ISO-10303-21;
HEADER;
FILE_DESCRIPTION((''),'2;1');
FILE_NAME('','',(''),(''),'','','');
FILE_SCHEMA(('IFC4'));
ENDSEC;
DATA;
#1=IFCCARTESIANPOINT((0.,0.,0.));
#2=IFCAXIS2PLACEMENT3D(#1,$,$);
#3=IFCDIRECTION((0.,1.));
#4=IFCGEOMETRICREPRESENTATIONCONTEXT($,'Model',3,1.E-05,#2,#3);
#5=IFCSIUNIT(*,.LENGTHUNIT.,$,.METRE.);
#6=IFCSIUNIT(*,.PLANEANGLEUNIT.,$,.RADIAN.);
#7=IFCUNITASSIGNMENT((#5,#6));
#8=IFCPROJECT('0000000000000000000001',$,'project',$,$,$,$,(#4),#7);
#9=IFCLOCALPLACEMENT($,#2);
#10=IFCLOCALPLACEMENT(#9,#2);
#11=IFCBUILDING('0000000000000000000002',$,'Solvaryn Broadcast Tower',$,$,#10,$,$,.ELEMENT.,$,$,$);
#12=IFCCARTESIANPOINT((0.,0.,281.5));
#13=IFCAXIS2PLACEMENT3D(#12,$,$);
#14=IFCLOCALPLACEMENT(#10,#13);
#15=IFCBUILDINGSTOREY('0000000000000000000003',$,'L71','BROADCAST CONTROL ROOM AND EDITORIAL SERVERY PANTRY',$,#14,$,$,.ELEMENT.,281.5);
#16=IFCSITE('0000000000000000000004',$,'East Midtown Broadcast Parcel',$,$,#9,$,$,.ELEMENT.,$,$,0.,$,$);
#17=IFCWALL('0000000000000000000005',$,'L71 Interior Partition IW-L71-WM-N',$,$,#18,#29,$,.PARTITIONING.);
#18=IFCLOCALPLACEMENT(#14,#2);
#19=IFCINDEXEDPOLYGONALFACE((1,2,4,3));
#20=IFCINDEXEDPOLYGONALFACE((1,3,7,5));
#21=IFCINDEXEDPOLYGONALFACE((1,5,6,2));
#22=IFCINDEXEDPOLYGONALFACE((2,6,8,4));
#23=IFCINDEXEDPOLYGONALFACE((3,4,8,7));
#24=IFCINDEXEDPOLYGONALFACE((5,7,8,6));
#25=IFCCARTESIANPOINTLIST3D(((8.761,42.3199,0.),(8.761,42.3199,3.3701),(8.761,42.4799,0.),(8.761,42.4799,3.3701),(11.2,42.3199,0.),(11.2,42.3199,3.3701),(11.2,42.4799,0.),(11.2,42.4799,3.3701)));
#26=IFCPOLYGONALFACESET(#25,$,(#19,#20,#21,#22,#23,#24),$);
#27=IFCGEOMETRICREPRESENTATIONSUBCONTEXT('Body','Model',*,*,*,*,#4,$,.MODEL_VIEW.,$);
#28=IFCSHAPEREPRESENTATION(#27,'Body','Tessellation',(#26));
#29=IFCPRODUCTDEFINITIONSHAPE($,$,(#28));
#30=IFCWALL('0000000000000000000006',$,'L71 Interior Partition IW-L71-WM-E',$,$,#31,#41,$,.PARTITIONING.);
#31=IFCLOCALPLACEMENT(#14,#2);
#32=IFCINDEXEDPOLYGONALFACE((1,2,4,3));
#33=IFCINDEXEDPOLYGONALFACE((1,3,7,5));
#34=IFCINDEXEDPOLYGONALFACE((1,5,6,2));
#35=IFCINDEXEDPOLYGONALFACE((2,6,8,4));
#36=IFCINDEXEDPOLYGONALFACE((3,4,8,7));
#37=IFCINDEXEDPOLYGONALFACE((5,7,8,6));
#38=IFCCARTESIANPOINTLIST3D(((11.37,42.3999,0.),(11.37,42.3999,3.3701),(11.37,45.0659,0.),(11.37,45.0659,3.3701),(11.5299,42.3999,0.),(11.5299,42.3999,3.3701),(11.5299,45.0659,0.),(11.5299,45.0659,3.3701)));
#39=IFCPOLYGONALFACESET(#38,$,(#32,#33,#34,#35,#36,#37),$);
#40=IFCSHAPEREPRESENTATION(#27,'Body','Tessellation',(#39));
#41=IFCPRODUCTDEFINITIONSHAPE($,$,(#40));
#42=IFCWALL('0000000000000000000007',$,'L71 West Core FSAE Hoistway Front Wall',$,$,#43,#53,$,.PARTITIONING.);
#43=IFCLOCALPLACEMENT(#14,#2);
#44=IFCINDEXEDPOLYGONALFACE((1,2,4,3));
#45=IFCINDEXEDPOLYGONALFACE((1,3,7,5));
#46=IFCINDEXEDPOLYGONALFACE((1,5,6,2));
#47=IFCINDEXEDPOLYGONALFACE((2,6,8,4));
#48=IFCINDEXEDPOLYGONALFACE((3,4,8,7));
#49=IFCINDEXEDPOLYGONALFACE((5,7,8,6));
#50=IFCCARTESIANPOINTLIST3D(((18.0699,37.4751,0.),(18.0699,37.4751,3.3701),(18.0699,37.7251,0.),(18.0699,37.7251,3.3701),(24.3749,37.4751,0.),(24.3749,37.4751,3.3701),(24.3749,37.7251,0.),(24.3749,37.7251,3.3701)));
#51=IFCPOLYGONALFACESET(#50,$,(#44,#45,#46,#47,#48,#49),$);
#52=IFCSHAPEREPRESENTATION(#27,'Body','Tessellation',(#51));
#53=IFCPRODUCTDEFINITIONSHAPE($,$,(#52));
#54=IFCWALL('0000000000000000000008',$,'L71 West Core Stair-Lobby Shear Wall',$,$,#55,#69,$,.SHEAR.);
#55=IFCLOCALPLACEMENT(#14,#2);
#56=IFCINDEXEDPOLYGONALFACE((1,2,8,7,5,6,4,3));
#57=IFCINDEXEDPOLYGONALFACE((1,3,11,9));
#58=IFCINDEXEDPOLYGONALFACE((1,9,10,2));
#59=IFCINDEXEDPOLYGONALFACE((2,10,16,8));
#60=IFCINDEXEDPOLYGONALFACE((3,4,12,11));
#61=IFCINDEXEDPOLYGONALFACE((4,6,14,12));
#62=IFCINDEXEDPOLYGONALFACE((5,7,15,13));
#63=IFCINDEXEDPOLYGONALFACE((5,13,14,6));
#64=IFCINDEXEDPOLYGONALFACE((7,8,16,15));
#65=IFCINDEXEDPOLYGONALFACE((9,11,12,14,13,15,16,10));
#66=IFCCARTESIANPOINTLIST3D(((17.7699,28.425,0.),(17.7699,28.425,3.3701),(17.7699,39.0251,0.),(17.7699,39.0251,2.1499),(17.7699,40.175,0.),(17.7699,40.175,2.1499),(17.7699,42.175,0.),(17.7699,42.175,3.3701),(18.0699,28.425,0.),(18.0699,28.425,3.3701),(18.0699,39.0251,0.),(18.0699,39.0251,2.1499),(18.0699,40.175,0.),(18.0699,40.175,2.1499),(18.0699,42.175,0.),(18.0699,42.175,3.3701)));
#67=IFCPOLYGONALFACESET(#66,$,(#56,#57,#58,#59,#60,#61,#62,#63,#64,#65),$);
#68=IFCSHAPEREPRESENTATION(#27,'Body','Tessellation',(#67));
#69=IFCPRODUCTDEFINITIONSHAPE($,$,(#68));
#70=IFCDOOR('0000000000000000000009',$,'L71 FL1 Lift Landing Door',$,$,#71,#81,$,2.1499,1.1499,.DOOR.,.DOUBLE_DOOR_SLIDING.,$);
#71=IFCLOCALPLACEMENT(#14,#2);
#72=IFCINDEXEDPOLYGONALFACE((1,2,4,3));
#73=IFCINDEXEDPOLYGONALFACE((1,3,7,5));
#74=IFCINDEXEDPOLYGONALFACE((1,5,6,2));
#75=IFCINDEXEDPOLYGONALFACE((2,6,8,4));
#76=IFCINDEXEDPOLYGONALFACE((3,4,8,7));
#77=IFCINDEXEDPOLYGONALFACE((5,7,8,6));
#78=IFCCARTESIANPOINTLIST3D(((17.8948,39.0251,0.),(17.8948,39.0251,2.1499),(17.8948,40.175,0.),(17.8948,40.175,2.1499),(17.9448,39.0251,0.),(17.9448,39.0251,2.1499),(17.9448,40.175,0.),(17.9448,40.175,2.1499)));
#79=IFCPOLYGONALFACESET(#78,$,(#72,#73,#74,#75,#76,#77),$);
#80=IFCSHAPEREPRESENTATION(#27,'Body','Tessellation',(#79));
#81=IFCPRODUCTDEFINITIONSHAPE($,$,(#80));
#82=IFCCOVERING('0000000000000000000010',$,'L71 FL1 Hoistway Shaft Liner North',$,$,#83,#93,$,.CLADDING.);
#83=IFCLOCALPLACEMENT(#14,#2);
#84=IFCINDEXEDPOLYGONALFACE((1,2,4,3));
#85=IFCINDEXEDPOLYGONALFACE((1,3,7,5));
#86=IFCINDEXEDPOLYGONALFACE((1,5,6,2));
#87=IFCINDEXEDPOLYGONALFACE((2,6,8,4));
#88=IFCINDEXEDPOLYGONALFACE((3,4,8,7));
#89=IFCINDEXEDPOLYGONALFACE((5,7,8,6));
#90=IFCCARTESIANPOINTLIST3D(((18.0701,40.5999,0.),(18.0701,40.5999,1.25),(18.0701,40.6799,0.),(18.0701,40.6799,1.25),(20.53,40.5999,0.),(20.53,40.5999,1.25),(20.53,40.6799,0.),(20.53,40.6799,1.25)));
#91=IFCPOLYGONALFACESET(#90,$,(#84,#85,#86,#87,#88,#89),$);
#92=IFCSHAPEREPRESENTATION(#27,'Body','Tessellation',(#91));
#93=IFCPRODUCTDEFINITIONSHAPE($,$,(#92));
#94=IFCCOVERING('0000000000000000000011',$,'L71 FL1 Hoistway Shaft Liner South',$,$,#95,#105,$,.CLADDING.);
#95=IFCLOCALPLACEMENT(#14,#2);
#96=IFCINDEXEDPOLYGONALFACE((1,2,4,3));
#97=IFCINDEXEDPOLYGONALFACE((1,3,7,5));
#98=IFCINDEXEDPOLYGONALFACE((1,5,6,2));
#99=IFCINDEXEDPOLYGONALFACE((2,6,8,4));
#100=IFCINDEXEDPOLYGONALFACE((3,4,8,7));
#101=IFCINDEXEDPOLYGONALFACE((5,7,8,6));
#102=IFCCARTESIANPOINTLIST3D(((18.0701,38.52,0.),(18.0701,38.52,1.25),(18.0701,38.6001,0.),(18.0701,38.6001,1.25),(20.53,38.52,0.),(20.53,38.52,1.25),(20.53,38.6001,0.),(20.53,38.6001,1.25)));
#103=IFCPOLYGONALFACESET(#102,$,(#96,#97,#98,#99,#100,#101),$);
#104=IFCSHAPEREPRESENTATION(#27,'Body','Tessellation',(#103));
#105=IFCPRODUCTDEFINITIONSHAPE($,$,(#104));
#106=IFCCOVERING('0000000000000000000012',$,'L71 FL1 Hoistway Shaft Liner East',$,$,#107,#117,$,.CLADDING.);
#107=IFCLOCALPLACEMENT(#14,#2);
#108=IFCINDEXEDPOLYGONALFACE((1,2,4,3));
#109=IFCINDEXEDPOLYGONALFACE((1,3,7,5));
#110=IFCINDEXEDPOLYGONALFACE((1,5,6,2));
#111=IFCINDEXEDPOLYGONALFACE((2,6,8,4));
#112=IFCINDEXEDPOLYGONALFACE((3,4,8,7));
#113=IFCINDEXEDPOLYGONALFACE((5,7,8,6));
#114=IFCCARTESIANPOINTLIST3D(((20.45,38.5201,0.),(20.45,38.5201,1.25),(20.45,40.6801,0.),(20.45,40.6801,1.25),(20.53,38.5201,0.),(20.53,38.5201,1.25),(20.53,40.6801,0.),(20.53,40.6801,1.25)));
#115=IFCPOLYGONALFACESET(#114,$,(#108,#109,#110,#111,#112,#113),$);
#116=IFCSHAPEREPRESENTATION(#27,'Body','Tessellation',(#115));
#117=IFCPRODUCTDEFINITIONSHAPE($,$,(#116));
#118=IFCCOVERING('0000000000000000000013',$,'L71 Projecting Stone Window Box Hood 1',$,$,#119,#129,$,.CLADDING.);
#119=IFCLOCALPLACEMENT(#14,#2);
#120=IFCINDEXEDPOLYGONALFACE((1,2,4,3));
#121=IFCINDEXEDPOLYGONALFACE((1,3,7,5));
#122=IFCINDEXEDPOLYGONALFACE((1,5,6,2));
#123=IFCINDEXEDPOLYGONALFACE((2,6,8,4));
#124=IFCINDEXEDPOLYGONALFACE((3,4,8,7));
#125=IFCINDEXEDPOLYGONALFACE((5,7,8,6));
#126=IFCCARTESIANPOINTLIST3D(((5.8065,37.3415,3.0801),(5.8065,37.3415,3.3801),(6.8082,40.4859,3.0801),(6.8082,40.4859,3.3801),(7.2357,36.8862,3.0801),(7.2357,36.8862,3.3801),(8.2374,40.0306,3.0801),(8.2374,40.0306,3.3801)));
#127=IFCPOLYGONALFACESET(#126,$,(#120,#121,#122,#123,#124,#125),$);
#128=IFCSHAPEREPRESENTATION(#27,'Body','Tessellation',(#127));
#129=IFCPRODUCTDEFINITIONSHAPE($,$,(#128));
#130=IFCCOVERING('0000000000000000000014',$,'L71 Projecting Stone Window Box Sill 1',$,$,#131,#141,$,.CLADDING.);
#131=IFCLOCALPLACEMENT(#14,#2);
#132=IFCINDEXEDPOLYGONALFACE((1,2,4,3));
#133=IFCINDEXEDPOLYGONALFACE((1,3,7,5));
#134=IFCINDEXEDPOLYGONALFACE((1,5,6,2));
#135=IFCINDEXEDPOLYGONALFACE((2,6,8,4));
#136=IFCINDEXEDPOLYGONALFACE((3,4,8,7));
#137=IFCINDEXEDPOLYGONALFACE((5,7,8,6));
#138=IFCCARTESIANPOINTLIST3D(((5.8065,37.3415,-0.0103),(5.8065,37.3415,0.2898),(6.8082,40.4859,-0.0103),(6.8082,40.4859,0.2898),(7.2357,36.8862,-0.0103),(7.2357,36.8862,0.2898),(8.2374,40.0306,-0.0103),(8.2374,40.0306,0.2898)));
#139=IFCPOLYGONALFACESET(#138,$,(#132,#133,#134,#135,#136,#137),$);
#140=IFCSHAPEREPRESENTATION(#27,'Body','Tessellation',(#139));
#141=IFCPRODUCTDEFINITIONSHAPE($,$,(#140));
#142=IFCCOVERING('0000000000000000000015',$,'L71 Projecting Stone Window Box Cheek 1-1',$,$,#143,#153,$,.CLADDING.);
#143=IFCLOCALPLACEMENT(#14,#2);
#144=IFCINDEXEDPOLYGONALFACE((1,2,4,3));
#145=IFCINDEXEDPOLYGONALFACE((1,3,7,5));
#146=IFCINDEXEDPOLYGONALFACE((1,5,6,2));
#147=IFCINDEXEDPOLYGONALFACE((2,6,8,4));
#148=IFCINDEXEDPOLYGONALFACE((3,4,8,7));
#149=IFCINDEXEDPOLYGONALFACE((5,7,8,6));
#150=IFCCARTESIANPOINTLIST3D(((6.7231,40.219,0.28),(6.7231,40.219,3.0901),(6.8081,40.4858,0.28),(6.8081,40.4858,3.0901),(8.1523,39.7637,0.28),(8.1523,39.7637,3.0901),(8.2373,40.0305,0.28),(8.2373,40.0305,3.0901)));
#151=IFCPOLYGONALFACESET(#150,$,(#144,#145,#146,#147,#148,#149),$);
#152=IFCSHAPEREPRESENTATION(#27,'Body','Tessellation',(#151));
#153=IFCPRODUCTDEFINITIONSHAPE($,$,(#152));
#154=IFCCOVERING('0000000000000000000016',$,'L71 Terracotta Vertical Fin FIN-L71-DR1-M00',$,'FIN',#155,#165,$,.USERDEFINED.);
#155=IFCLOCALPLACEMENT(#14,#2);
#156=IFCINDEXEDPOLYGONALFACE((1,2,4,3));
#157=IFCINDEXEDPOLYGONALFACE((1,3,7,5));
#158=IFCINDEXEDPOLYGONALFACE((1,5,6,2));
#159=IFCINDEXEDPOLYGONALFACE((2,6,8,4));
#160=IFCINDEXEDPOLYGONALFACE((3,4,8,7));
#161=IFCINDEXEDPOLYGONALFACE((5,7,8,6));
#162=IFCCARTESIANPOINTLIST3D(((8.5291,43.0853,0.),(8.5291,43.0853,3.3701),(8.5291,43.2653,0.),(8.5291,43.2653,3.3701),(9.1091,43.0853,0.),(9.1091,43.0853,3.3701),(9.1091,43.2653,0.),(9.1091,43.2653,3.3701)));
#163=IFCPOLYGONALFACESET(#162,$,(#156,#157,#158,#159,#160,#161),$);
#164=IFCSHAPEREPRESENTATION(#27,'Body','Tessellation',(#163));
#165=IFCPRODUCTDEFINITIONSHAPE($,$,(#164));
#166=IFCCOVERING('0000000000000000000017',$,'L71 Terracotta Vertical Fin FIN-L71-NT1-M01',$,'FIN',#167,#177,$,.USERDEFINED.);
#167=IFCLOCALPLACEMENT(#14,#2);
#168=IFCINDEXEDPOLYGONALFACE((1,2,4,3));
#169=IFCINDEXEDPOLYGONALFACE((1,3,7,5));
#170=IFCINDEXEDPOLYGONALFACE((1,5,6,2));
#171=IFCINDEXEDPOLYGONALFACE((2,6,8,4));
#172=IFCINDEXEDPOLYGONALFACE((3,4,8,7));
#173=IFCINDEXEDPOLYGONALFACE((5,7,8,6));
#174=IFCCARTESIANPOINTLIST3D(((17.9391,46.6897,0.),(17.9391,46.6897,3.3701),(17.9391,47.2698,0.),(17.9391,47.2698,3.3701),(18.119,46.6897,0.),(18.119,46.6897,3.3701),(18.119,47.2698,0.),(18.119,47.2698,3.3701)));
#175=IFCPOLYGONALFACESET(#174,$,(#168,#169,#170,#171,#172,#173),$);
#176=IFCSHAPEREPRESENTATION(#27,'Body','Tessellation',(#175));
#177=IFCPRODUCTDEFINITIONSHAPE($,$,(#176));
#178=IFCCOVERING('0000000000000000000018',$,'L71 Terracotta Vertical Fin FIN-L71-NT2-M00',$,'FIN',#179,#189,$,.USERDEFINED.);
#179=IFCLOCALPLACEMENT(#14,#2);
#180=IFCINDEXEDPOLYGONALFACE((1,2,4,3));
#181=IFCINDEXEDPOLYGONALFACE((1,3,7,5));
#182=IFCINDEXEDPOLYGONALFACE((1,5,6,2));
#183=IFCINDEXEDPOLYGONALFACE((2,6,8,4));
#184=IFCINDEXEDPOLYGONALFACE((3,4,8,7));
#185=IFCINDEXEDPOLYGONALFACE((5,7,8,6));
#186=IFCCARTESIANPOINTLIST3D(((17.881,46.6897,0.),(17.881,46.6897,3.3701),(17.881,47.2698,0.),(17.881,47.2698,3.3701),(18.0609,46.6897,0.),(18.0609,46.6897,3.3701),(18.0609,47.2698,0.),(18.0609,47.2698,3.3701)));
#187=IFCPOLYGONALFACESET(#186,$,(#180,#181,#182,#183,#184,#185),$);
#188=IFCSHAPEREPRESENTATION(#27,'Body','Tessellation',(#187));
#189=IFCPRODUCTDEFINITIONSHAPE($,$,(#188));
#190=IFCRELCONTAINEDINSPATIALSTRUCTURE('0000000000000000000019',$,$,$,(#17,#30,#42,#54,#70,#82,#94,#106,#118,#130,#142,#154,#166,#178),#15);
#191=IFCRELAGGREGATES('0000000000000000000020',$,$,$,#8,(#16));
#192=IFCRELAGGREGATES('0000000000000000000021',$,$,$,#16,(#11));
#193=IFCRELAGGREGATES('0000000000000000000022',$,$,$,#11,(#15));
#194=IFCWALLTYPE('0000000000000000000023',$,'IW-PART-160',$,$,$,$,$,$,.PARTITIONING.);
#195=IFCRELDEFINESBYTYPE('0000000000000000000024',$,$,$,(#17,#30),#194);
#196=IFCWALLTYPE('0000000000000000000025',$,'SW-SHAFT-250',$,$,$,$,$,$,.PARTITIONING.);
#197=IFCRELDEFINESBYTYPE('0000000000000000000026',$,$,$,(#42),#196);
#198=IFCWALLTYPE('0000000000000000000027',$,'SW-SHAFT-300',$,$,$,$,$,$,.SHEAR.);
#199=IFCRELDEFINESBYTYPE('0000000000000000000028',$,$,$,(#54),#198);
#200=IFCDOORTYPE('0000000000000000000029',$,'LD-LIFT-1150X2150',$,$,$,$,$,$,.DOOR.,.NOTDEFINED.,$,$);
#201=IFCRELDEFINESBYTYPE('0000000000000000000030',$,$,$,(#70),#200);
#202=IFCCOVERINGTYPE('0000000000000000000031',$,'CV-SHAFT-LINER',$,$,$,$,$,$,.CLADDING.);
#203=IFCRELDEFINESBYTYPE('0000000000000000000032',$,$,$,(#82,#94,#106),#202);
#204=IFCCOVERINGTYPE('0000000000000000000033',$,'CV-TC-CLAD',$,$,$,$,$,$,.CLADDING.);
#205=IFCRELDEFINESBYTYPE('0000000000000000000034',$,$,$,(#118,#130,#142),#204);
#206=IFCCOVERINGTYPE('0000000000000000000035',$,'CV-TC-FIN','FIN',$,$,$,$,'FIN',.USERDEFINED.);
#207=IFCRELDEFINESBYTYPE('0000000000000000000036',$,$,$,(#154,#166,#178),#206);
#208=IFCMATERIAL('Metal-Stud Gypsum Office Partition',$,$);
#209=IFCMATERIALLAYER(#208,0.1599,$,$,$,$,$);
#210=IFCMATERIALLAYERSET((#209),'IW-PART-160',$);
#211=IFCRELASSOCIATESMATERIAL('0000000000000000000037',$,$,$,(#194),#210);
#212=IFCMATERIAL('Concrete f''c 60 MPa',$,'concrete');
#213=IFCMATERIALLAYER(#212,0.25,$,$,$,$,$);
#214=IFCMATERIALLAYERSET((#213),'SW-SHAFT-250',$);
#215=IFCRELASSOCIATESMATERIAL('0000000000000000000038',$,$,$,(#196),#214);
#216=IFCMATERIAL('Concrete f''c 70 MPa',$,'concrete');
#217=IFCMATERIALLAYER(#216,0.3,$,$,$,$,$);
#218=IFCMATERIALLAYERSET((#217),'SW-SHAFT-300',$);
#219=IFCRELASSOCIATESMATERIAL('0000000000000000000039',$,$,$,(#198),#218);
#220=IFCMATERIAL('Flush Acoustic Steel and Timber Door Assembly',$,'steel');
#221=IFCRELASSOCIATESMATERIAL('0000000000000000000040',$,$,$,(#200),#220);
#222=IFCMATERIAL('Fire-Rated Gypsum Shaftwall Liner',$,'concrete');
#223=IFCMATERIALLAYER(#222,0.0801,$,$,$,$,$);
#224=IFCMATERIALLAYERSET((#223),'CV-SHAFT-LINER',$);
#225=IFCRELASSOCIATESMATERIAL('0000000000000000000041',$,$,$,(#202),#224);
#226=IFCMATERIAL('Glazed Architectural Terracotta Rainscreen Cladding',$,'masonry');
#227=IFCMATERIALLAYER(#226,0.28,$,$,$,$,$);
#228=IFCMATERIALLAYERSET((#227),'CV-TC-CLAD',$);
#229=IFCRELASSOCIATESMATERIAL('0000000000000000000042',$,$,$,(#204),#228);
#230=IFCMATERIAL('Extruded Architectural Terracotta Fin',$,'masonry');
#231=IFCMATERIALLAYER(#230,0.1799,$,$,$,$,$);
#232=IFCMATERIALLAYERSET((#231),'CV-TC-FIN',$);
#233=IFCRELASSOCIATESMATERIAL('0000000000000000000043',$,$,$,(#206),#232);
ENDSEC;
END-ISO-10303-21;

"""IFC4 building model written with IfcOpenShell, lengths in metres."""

from ifc_helpers import new_model, si_unit, direction, frame, frame_2d, origin, origin_2d, place, context, subcontext, project, spatial, rectangle, extrude, material, layer, layer_set, type_object, element, fill, save


model = new_model("IFC4")

# Units and contexts
model_context = context("Model", 3, precision=1e-05, world=origin(), true_north=direction((0.0, 1.0)))
body_context = subcontext(model_context, "Body", "Model", "MODEL_VIEW")
ifc_project = project(units=[si_unit("LENGTHUNIT", "METRE"), si_unit("PLANEANGLEUNIT", "RADIAN")], contexts=[model_context])

# Site, building, storey
site_placement = place(None, origin())
site = spatial("IfcSite", under=ifc_project, at=site_placement, Name="East Midtown Broadcast Parcel", CompositionType="ELEMENT", RefElevation=0.0)
building_placement = place(site_placement, origin())
building = spatial("IfcBuilding", under=site, at=building_placement, Name="Solvaryn Broadcast Tower", CompositionType="ELEMENT")
storey_placement = place(building_placement, frame((0.0, 0.0, 281.5)))
storey = spatial("IfcBuildingStorey", under=building, at=storey_placement, Name="L71", Description="BROADCAST CONTROL ROOM AND EDITORIAL SERVERY PANTRY", CompositionType="ELEMENT", Elevation=281.5)

# Walls
ifc_material_1 = material(Name="Metal-Stud Gypsum Office Partition")
ifc_layer_1 = layer(ifc_material_1, 0.1599)
ifc_layer_set_1 = layer_set([ifc_layer_1], Name="IW-PART-160")
wall_type_1 = type_object("IfcWallType", Name="IW-PART-160", PredefinedType="PARTITIONING", material=ifc_layer_set_1)
wall_1_placement = place(storey_placement, frame((8.761, 42.3999, 0.0), z_axis=(0.0, 0.0, 1.0), x_axis=(1.0, 0.0, 0.0)))
element("IfcWall", 1, at=wall_1_placement, inside=storey, type_object=wall_type_1, Name="L71 Interior Partition IW-L71-WM-N", PredefinedType="PARTITIONING", context=body_context, shape_type="SweptSolid", body=[
    extrude(rectangle(XDim=2.439, YDim=0.1599, at=frame_2d((1.2195, 0.0))), origin(), (0.0, 0.0, 1.0), 3.3701),
])
wall_2_placement = place(storey_placement, frame((11.45, 42.3999, 0.0), z_axis=(0.0, 0.0, 1.0), x_axis=(0.0, 1.0, 0.0)))
element("IfcWall", 2, at=wall_2_placement, inside=storey, type_object=wall_type_1, Name="L71 Interior Partition IW-L71-WM-E", PredefinedType="PARTITIONING", context=body_context, shape_type="SweptSolid", body=[
    extrude(rectangle(XDim=2.666, YDim=0.1599, at=frame_2d((1.333, 0.0))), origin(), (0.0, 0.0, 1.0), 3.3701),
])
ifc_material_2 = material(Name="Concrete f'c 60 MPa", Category="concrete")
ifc_layer_2 = layer(ifc_material_2, 0.25)
ifc_layer_set_2 = layer_set([ifc_layer_2], Name="SW-SHAFT-250")
wall_type_2 = type_object("IfcWallType", Name="SW-SHAFT-250", PredefinedType="PARTITIONING", material=ifc_layer_set_2)
wall_3_placement = place(storey_placement, frame((18.0701, 37.6001, 0.0), z_axis=(0.0, 0.0, 1.0), x_axis=(1.0, 0.0, 0.0)))
element("IfcWall", 3, at=wall_3_placement, inside=storey, type_object=wall_type_2, Name="L71 West Core FSAE Hoistway Front Wall", PredefinedType="PARTITIONING", context=body_context, shape_type="SweptSolid", body=[
    extrude(rectangle(XDim=6.3049, YDim=0.25, at=frame_2d((3.1523, 0.0))), origin(), (0.0, 0.0, 1.0), 3.3701),
])

# Wall, opening, door
ifc_material_3 = material(Name="Concrete f'c 70 MPa", Category="concrete")
ifc_layer_3 = layer(ifc_material_3, 0.3)
ifc_layer_set_3 = layer_set([ifc_layer_3], Name="SW-SHAFT-300")
wall_type_3 = type_object("IfcWallType", Name="SW-SHAFT-300", PredefinedType="SHEAR", material=ifc_layer_set_3)
wall_4_placement = place(storey_placement, frame((17.9199, 42.175, 0.0), z_axis=(0.0, 0.0, 1.0), x_axis=(0.0, -1.0, 0.0)))
wall_4 = element("IfcWall", 4, at=wall_4_placement, inside=storey, type_object=wall_type_3, Name="L71 West Core Stair-Lobby Shear Wall", PredefinedType="SHEAR", context=body_context, shape_type="SweptSolid", body=[
    extrude(rectangle(XDim=13.75, YDim=0.3, at=frame_2d((6.875, 0.0))), origin(), (0.0, 0.0, 1.0), 3.3701),
])
opening_placement = place(wall_4_placement, frame((2.0, 0.0, 0.0)))
opening = element("IfcOpeningElement", 5, at=opening_placement, cuts=wall_4, PredefinedType="OPENING", context=body_context, shape_type="SweptSolid", body=[
    extrude(rectangle(XDim=1.1499, YDim=2.1499, at=frame_2d((0.575, 1.075))), frame((0.0, 0.1599, 0.0), z_axis=(0.0, -1.0, 0.0), x_axis=(1.0, 0.0, 0.0)), (0.0, 0.0, 1.0), 0.3201),
])
ifc_material_4 = material(Name="Flush Acoustic Steel and Timber Door Assembly", Category="steel")
door_type = type_object("IfcDoorType", Name="LD-LIFT-1150X2150", OperationType="NOTDEFINED", PredefinedType="DOOR", material=ifc_material_4)
door_placement = place(opening_placement, origin())
door = element("IfcDoor", 6, at=door_placement, inside=storey, type_object=door_type, Name="L71 FL1 Lift Landing Door", OperationType="DOUBLE_DOOR_SLIDING", OverallHeight=2.1499, OverallWidth=1.1499, PredefinedType="DOOR", context=body_context, shape_type="SweptSolid", body=[
    extrude(rectangle(XDim=1.1499, YDim=2.1499, at=frame_2d((0.575, 1.075))), frame((0.0, 0.0249, 0.0), z_axis=(0.0, -1.0, 0.0), x_axis=(1.0, 0.0, 0.0)), (0.0, 0.0, 1.0), 0.05),
])
fill(opening, door)

# Coverings
ifc_material_5 = material(Name="Fire-Rated Gypsum Shaftwall Liner", Category="concrete")
ifc_layer_4 = layer(ifc_material_5, 0.0801)
ifc_layer_set_4 = layer_set([ifc_layer_4], Name="CV-SHAFT-LINER")
covering_type_1 = type_object("IfcCoveringType", Name="CV-SHAFT-LINER", PredefinedType="CLADDING", material=ifc_layer_set_4)
for number, where, z_axis, x_axis, name in (
    (7, (19.3, 40.6399, 0.0), (0.0, 0.0, 1.0), (1.0, 0.0, 0.0), "L71 FL1 Hoistway Shaft Liner North"),
    (8, (19.3, 38.5601, 0.0), (0.0, 0.0, 1.0), (1.0, 0.0, 0.0), "L71 FL1 Hoistway Shaft Liner South"),
):
    element("IfcCovering", number, at=place(storey_placement, frame(where, z_axis=z_axis, x_axis=x_axis)), inside=storey, type_object=covering_type_1, Name=name, PredefinedType="CLADDING", context=body_context, shape_type="SweptSolid", body=[
        extrude(rectangle(XDim=2.46, YDim=0.0801, at=origin_2d()), origin(), (0.0, 0.0, 1.0), 1.25),
    ])
covering_1_placement = place(storey_placement, frame((20.49, 39.6001, 0.0), z_axis=(0.0, 0.0, 1.0), x_axis=(1.0, 0.0, 0.0)))
element("IfcCovering", 9, at=covering_1_placement, inside=storey, type_object=covering_type_1, Name="L71 FL1 Hoistway Shaft Liner East", PredefinedType="CLADDING", context=body_context, shape_type="SweptSolid", body=[
    extrude(rectangle(XDim=0.0801, YDim=2.1599, at=origin_2d()), origin(), (0.0, 0.0, 1.0), 1.25),
])
ifc_material_6 = material(Name="Glazed Architectural Terracotta Rainscreen Cladding", Category="masonry")
ifc_layer_5 = layer(ifc_material_6, 0.28)
ifc_layer_set_5 = layer_set([ifc_layer_5], Name="CV-TC-CLAD")
covering_type_2 = type_object("IfcCoveringType", Name="CV-TC-CLAD", PredefinedType="CLADDING", material=ifc_layer_set_5)
for number, where, z_axis, x_axis, name in (
    (10, (7.022, 38.686, 3.0801), (0.0, 0.0, 1.0), (-0.303534, -0.952821, 0.0), "L71 Projecting Stone Window Box Hood 1"),
    (11, (7.022, 38.686, -0.0103), (0.0, 0.0, 1.0), (-0.303534, -0.952821, 0.0), "L71 Projecting Stone Window Box Sill 1"),
):
    element("IfcCovering", number, at=place(storey_placement, frame(where, z_axis=z_axis, x_axis=x_axis)), inside=storey, type_object=covering_type_2, Name=name, PredefinedType="CLADDING", context=body_context, shape_type="SweptSolid", body=[
        extrude(rectangle(XDim=3.3, YDim=1.5, at=origin_2d()), origin(), (0.0, 0.0, 1.0), 0.3),
    ])
covering_2_placement = place(storey_placement, frame((7.4802, 40.1248, 0.28), z_axis=(0.0, 0.0, 1.0), x_axis=(-0.303534, -0.952821, 0.0)))
element("IfcCovering", 12, at=covering_2_placement, inside=storey, type_object=covering_type_2, Name="L71 Projecting Stone Window Box Cheek 1-1", PredefinedType="CLADDING", context=body_context, shape_type="SweptSolid", body=[
    extrude(rectangle(XDim=0.28, YDim=1.5, at=origin_2d()), origin(), (0.0, 0.0, 1.0), 2.8101),
])
ifc_material_7 = material(Name="Extruded Architectural Terracotta Fin", Category="masonry")
ifc_layer_6 = layer(ifc_material_7, 0.1799)
ifc_layer_set_6 = layer_set([ifc_layer_6], Name="CV-TC-FIN")
covering_type_3 = type_object("IfcCoveringType", Name="CV-TC-FIN", Description="FIN", ElementType="FIN", PredefinedType="USERDEFINED", material=ifc_layer_set_6)
covering_3_placement = place(storey_placement, frame((8.8191, 43.1753, 0.0), z_axis=(0.0, 0.0, 1.0), x_axis=(1.0, 0.0, 0.0)))
element("IfcCovering", 13, at=covering_3_placement, inside=storey, type_object=covering_type_3, Name="L71 Terracotta Vertical Fin FIN-L71-DR1-M00", ObjectType="FIN", PredefinedType="USERDEFINED", context=body_context, shape_type="SweptSolid", body=[
    extrude(rectangle(XDim=0.5801, YDim=0.1799, at=origin_2d()), origin(), (0.0, 0.0, 1.0), 3.3701),
])
for number, where, z_axis, x_axis, name in (
    (14, (18.0291, 46.9797, 0.0), (0.0, 0.0, 1.0), (1.0, 0.0, 0.0), "L71 Terracotta Vertical Fin FIN-L71-NT1-M01"),
    (15, (17.9709, 46.9797, 0.0), (0.0, 0.0, 1.0), (1.0, 0.0, 0.0), "L71 Terracotta Vertical Fin FIN-L71-NT2-M00"),
):
    element("IfcCovering", number, at=place(storey_placement, frame(where, z_axis=z_axis, x_axis=x_axis)), inside=storey, type_object=covering_type_3, Name=name, ObjectType="FIN", PredefinedType="USERDEFINED", context=body_context, shape_type="SweptSolid", body=[
        extrude(rectangle(XDim=0.1799, YDim=0.5801, at=origin_2d()), origin(), (0.0, 0.0, 1.0), 3.3701),
    ])

save(model, "model.ifc")
